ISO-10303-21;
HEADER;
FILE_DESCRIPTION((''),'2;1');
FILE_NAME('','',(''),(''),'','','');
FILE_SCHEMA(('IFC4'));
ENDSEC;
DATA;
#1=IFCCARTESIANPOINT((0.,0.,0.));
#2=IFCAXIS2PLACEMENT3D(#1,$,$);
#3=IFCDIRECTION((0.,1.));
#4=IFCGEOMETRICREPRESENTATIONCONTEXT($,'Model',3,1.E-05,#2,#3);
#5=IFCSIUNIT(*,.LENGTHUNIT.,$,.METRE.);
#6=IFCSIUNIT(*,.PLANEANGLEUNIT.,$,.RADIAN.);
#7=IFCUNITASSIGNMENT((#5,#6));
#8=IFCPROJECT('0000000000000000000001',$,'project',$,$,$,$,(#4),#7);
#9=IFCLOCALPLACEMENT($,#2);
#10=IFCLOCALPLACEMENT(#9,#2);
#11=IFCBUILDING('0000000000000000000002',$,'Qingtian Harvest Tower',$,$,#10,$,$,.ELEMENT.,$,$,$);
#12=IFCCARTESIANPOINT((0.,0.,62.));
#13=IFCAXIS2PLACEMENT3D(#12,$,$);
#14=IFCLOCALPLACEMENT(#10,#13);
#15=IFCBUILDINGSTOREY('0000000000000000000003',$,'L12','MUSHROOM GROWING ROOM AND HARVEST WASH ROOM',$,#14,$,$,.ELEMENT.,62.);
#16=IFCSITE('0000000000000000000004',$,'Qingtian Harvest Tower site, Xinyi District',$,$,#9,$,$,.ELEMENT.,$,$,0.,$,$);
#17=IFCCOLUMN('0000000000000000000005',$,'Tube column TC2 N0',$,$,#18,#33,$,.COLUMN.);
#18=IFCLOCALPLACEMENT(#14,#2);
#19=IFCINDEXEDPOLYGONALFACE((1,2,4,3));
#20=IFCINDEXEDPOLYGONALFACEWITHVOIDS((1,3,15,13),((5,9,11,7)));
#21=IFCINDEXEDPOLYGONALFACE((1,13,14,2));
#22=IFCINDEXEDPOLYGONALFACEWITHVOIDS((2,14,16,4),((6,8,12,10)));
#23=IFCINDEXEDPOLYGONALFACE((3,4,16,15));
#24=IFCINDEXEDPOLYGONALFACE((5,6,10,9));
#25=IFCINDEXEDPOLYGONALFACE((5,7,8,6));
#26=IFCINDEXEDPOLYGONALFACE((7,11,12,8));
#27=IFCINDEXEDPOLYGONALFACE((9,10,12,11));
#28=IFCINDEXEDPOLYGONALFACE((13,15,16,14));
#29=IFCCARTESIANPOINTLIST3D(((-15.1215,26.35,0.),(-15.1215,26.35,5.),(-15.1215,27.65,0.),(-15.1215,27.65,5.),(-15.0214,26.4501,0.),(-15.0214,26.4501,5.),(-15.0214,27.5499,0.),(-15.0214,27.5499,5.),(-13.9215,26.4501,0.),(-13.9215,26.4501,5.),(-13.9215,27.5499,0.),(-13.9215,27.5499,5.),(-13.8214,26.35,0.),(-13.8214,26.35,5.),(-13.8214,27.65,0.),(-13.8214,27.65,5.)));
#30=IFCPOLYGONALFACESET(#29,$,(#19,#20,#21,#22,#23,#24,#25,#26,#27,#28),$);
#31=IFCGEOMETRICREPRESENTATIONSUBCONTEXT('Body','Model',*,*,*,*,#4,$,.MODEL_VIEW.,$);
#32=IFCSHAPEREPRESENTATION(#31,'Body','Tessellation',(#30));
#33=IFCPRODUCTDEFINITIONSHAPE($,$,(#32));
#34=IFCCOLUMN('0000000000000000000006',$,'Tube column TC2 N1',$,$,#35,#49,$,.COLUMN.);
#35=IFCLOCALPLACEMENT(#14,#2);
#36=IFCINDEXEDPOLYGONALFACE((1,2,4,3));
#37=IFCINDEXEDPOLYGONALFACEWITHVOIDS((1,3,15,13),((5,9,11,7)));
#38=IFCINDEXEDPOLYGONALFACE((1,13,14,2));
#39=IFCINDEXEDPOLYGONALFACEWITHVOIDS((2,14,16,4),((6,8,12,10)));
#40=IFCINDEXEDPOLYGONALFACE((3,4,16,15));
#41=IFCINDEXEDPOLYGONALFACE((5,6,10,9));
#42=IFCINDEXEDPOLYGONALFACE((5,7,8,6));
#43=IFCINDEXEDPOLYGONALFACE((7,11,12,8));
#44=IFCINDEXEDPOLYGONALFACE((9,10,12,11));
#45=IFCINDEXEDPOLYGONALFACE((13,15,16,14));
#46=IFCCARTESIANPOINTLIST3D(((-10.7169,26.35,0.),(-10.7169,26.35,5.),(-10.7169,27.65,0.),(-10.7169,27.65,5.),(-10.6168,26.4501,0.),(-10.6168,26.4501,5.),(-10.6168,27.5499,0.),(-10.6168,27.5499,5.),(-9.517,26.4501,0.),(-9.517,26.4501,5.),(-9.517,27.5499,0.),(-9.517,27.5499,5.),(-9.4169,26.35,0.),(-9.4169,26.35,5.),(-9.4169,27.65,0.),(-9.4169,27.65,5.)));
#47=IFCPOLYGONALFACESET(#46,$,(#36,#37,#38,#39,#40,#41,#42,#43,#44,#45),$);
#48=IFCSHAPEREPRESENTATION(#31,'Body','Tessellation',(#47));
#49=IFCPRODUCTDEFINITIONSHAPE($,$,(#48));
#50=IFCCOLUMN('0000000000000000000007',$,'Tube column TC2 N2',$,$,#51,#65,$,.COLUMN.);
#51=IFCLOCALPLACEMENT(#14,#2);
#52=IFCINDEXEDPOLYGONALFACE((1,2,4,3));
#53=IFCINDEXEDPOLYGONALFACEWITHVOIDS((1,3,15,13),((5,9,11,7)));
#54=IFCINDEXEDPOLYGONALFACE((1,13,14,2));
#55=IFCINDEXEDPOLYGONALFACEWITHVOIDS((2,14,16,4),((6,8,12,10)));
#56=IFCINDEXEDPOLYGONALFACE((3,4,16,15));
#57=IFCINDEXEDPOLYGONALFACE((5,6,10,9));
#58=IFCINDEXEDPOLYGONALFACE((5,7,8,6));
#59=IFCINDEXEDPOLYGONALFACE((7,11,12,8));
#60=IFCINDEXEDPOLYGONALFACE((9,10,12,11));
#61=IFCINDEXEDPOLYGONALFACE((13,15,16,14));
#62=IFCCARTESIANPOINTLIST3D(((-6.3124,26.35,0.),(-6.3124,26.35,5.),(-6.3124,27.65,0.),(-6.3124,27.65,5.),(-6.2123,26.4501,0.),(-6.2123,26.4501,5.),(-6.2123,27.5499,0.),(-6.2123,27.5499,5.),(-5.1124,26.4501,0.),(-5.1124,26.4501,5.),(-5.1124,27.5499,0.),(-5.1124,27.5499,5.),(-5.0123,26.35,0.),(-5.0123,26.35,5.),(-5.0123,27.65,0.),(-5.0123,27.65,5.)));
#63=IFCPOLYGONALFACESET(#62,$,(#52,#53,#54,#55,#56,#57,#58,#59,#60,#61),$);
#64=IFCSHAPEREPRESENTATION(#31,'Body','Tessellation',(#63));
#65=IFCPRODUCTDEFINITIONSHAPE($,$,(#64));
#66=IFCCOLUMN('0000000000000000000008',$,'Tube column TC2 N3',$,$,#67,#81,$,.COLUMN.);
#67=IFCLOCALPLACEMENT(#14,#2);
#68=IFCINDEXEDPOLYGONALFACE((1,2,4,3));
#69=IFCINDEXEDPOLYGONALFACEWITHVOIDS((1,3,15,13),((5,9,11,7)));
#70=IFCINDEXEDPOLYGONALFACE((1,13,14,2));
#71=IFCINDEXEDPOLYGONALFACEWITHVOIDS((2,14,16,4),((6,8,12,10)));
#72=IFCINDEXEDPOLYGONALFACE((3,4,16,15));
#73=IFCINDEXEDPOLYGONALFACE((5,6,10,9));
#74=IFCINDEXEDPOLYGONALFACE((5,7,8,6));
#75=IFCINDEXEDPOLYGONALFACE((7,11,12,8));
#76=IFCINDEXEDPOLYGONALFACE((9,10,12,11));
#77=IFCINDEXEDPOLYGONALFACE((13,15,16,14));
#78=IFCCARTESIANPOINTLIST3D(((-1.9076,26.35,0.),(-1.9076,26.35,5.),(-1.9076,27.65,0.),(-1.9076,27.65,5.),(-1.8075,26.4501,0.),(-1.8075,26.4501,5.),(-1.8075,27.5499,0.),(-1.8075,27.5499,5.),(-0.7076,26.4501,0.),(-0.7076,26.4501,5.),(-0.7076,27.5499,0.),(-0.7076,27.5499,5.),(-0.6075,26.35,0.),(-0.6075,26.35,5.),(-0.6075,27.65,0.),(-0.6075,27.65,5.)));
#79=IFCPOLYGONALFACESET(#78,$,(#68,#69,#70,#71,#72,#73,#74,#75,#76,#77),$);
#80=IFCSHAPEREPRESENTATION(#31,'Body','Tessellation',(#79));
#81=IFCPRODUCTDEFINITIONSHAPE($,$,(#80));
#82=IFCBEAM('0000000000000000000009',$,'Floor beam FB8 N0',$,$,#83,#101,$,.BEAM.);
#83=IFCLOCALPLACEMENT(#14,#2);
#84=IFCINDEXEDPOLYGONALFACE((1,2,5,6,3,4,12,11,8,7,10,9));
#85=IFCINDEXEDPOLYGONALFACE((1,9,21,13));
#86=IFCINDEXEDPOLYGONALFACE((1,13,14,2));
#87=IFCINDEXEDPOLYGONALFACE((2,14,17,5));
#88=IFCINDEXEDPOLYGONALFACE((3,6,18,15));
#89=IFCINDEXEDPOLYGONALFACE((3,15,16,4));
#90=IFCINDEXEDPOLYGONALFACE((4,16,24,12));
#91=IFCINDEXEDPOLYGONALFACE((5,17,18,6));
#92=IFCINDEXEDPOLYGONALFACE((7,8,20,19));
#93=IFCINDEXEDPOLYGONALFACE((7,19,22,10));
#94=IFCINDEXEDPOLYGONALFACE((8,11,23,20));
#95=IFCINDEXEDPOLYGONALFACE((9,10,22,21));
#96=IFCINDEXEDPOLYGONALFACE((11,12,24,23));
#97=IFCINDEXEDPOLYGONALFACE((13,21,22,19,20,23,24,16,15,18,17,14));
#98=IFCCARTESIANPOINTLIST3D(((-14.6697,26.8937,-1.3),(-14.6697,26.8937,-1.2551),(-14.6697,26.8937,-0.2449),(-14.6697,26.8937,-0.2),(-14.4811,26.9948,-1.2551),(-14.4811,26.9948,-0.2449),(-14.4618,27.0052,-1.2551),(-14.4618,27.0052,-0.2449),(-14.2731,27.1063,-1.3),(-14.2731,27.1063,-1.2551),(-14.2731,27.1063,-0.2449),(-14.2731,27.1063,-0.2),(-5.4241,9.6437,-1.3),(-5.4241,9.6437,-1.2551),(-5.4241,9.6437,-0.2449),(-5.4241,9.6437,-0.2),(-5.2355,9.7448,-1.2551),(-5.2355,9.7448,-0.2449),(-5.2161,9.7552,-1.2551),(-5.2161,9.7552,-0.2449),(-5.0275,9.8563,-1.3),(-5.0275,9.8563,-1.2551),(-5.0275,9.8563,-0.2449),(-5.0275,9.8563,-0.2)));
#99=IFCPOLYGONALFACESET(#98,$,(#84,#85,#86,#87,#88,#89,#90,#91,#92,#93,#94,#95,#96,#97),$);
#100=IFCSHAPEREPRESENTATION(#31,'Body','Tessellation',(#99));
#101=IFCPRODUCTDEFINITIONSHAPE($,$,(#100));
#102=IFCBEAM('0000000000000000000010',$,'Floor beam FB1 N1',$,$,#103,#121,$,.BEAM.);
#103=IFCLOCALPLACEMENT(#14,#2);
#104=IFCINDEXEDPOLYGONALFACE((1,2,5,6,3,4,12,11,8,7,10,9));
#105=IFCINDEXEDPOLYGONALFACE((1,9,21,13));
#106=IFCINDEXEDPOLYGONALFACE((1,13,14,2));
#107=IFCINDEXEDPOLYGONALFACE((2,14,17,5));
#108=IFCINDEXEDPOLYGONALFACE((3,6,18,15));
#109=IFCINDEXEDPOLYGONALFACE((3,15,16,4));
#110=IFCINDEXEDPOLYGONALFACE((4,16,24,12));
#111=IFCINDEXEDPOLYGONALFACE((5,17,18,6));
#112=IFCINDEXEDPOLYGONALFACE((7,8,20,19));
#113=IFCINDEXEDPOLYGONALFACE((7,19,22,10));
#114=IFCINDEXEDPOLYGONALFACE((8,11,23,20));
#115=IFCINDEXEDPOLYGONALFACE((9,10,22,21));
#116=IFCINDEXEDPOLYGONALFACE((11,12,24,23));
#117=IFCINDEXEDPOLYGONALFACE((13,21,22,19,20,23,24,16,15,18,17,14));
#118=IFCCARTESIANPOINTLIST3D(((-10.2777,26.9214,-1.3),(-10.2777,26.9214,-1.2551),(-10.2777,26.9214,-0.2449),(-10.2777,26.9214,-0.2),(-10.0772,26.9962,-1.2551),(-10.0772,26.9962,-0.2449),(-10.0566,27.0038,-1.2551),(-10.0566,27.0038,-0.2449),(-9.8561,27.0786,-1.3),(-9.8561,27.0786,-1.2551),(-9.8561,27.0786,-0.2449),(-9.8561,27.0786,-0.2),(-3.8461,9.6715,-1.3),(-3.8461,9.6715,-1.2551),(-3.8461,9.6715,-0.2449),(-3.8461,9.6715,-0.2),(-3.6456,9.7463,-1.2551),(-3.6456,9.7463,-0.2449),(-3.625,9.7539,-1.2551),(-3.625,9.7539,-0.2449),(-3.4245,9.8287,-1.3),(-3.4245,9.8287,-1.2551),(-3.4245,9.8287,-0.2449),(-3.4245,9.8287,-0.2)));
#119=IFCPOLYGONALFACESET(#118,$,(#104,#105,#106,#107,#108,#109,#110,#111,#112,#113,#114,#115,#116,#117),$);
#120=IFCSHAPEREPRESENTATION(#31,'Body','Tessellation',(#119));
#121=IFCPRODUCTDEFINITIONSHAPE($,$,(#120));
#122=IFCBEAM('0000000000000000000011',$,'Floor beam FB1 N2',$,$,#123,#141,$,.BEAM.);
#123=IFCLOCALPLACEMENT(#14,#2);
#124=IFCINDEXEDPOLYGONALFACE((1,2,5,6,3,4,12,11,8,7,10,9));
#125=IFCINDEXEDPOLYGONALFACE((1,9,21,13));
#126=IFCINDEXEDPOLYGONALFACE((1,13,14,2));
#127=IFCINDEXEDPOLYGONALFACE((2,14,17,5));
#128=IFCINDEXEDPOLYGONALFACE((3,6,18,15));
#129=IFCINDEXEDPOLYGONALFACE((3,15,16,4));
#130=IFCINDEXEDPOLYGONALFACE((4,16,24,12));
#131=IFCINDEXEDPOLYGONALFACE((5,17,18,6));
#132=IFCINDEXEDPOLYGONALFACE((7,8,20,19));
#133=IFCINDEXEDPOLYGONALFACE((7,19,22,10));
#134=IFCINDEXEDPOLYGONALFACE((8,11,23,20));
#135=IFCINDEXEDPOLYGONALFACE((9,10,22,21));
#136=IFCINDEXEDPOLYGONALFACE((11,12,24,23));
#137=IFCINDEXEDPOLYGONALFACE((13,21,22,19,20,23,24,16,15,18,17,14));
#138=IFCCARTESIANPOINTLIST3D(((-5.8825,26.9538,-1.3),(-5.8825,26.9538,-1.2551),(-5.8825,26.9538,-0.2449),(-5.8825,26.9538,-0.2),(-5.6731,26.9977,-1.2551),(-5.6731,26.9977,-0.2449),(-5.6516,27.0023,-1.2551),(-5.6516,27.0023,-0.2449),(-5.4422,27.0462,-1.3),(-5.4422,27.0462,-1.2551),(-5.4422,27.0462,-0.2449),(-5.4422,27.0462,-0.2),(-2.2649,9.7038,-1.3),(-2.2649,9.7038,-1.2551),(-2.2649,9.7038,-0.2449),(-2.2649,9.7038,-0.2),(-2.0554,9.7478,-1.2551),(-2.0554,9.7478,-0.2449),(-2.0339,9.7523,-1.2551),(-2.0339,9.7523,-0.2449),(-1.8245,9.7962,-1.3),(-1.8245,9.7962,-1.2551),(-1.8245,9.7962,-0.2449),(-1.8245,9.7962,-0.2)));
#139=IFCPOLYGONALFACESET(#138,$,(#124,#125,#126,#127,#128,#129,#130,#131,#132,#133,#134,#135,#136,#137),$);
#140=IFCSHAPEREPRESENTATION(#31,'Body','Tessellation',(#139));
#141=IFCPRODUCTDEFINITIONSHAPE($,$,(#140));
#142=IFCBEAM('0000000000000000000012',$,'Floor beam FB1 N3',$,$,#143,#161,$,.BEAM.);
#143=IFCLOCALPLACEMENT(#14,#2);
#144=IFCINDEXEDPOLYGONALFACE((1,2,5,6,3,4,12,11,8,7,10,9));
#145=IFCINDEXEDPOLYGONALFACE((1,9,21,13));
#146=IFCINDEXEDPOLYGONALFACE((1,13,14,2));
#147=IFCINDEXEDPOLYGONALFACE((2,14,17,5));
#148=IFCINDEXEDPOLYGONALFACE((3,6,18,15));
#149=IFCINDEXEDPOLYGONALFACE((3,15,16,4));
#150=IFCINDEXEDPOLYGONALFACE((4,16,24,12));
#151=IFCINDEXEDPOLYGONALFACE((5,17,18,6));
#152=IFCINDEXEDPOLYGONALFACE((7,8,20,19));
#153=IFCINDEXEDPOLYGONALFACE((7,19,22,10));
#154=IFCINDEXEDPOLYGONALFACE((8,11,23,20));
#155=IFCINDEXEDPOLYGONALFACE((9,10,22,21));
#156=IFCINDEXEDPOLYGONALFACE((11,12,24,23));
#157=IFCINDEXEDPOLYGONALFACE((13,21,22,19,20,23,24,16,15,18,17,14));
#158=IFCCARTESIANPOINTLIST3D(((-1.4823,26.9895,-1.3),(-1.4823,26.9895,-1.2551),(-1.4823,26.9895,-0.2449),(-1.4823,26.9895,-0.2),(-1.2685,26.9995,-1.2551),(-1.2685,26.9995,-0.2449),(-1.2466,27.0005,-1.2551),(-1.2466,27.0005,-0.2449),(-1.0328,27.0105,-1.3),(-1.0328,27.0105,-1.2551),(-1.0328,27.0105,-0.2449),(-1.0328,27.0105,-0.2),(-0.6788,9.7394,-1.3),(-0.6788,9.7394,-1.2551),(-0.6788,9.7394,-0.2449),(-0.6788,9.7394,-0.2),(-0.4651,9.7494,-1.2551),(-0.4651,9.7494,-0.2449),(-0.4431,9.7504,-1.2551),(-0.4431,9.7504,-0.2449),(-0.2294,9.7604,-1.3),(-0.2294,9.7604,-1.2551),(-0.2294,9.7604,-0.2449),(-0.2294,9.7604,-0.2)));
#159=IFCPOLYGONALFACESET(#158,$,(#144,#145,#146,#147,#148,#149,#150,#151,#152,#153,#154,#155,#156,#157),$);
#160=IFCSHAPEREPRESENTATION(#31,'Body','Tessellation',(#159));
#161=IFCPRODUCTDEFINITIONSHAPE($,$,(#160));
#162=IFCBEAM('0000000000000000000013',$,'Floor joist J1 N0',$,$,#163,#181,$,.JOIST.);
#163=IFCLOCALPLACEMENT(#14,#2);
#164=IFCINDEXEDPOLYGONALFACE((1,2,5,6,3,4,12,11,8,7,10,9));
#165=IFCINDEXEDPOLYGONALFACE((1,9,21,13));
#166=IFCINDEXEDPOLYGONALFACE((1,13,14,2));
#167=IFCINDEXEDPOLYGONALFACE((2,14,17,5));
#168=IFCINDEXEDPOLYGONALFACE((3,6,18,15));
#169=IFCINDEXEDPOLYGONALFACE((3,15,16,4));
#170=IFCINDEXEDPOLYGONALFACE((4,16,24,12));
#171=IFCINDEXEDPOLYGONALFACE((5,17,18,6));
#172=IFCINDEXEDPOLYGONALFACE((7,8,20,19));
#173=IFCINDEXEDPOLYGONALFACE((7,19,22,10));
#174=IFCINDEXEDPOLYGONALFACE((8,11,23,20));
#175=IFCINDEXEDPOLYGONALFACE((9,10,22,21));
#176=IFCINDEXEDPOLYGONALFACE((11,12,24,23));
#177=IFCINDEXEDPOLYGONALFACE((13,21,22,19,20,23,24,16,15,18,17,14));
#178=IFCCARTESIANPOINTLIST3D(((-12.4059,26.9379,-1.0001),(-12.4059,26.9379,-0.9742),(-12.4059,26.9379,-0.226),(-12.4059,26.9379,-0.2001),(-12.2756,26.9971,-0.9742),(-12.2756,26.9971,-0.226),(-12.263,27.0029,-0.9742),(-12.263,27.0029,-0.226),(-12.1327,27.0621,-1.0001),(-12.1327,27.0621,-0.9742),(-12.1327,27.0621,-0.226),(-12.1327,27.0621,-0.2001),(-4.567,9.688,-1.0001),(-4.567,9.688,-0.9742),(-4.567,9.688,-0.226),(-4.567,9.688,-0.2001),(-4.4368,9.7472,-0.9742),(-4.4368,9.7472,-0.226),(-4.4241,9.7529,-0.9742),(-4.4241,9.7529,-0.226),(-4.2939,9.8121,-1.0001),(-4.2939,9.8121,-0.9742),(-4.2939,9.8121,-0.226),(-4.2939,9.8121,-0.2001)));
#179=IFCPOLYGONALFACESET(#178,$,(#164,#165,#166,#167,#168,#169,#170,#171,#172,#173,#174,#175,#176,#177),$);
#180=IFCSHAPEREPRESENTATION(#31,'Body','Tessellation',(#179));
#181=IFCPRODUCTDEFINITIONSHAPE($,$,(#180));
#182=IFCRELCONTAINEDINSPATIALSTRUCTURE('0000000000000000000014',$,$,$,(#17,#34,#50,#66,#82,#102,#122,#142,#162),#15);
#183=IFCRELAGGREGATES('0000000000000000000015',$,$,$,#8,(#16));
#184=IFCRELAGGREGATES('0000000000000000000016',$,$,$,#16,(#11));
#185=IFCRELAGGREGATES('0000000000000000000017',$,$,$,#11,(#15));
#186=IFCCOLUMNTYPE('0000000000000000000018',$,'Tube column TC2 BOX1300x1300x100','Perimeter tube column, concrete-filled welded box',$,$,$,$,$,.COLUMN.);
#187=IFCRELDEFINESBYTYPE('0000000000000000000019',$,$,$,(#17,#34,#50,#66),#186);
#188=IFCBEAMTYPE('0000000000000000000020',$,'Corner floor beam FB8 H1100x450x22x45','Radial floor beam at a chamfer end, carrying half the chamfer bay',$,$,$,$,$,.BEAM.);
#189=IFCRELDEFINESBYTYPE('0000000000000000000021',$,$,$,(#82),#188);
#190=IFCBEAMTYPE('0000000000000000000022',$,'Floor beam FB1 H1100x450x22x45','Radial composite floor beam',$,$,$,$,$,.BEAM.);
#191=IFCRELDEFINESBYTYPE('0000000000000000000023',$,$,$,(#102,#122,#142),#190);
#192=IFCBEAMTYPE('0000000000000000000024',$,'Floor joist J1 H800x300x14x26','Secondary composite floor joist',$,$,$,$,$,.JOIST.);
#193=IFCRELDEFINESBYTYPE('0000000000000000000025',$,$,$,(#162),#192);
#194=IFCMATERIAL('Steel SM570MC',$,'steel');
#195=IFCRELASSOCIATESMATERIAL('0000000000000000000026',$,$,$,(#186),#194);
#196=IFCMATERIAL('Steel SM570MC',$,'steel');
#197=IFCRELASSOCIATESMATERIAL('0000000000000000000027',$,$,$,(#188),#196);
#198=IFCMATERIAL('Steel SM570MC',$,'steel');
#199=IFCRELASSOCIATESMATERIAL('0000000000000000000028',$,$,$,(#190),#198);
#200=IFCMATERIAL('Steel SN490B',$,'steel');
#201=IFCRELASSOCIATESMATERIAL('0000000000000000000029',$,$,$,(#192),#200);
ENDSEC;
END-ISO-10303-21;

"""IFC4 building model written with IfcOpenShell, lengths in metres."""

from ifc_helpers import new_model, si_unit, direction, frame, origin, origin_2d, place, context, subcontext, project, spatial, hollow_rectangle, i_section, extrude, material, material_profile, profile_set, type_object, element, save


model = new_model("IFC4")

# Units and contexts
model_context = context("Model", 3, precision=1e-05, world=origin(), true_north=direction((0.0, 1.0)))
body_context = subcontext(model_context, "Body", "Model", "MODEL_VIEW")
ifc_project = project(units=[si_unit("LENGTHUNIT", "METRE"), si_unit("PLANEANGLEUNIT", "RADIAN")], contexts=[model_context])

# Site, building, storey
site_placement = place(None, origin())
site = spatial("IfcSite", under=ifc_project, at=site_placement, Name="Qingtian Harvest Tower site, Xinyi District", CompositionType="ELEMENT", RefElevation=0.0)
building_placement = place(site_placement, origin())
building = spatial("IfcBuilding", under=site, at=building_placement, Name="Qingtian Harvest Tower", CompositionType="ELEMENT")
storey_placement = place(building_placement, frame((0.0, 0.0, 62.0)))
storey = spatial("IfcBuildingStorey", under=building, at=storey_placement, Name="L12", Description="MUSHROOM GROWING ROOM AND HARVEST WASH ROOM", CompositionType="ELEMENT", Elevation=62.0)

# Columns
ifc_material_1 = material(Name="Steel SM570MC", Category="steel")
ifc_material_profile_1 = material_profile(ifc_material_1, hollow_rectangle(XDim=1.3, YDim=1.3, WallThickness=0.1001, at=origin_2d()), Name="BOX1300x1300x100")
ifc_profile_set_1 = profile_set([ifc_material_profile_1], Name="Steel SM570MC")
column_type = type_object("IfcColumnType", Name="Tube column TC2 BOX1300x1300x100", Description="Perimeter tube column, concrete-filled welded box", PredefinedType="COLUMN", material=ifc_profile_set_1)
for number, where, z_axis, x_axis, name in (
    (1, (-14.4714, 27.0, 0.0), (0.0, 0.0, 1.0), (-1.0, 0.0, 0.0), "Tube column TC2 N0"),
    (2, (-10.0669, 27.0, 0.0), (0.0, 0.0, 1.0), (-1.0, 0.0, 0.0), "Tube column TC2 N1"),
    (3, (-5.6624, 27.0, 0.0), (0.0, 0.0, 1.0), (-1.0, 0.0, 0.0), "Tube column TC2 N2"),
    (4, (-1.2576, 27.0, 0.0), (0.0, 0.0, 1.0), (-1.0, 0.0, 0.0), "Tube column TC2 N3"),
):
    element("IfcColumn", number, at=place(storey_placement, frame(where, z_axis=z_axis, x_axis=x_axis)), inside=storey, type_object=column_type, Name=name, PredefinedType="COLUMN", context=body_context, shape_type="SweptSolid", body=[
        extrude(hollow_rectangle(XDim=1.3, YDim=1.3, WallThickness=0.1001, at=origin_2d()), origin(), (0.0, 0.0, 1.0), 5.0),
    ])

# Beams
ifc_material_2 = material(Name="Steel SM570MC", Category="steel")
ifc_material_profile_2 = material_profile(ifc_material_2, i_section(OverallWidth=0.45, OverallDepth=1.1001, WebThickness=0.022, FlangeThickness=0.0449, at=origin_2d()), Name="H1100x450x22x45")
ifc_profile_set_2 = profile_set([ifc_material_profile_2], Name="Steel SM570MC")
beam_type_1 = type_object("IfcBeamType", Name="Corner floor beam FB8 H1100x450x22x45", Description="Radial floor beam at a chamfer end, carrying half the chamfer bay", PredefinedType="BEAM", material=ifc_profile_set_2)
beam_1_placement = place(storey_placement, frame((-14.4714, 27.0, -0.75), z_axis=(0.472401, -0.881384, 0.0), x_axis=(0.881384, 0.472401, 0.0)))
element("IfcBeam", 5, at=beam_1_placement, inside=storey, type_object=beam_type_1, Name="Floor beam FB8 N0", PredefinedType="BEAM", context=body_context, shape_type="SweptSolid", body=[
    extrude(i_section(OverallWidth=0.45, OverallDepth=1.1001, WebThickness=0.022, FlangeThickness=0.0449, at=origin_2d()), origin(), (0.0, 0.0, 1.0), 19.5715),
])
ifc_material_3 = material(Name="Steel SM570MC", Category="steel")
ifc_material_profile_3 = material_profile(ifc_material_3, i_section(OverallWidth=0.45, OverallDepth=1.1001, WebThickness=0.022, FlangeThickness=0.0449, at=origin_2d()), Name="H1100x450x22x45")
ifc_profile_set_3 = profile_set([ifc_material_profile_3], Name="Steel SM570MC")
beam_type_2 = type_object("IfcBeamType", Name="Floor beam FB1 H1100x450x22x45", Description="Radial composite floor beam", PredefinedType="BEAM", material=ifc_profile_set_3)
beam_2_placement = place(storey_placement, frame((-10.0669, 27.0, -0.75), z_axis=(0.349356, -0.93699, 0.0), x_axis=(0.93699, 0.349356, 0.0)))
element("IfcBeam", 6, at=beam_2_placement, inside=storey, type_object=beam_type_2, Name="Floor beam FB1 N1", PredefinedType="BEAM", context=body_context, shape_type="SweptSolid", body=[
    extrude(i_section(OverallWidth=0.45, OverallDepth=1.1001, WebThickness=0.022, FlangeThickness=0.0449, at=origin_2d()), origin(), (0.0, 0.0, 1.0), 18.4099),
])
beam_3_placement = place(storey_placement, frame((-5.6624, 27.0, -0.75), z_axis=(0.205255, -0.978709, 0.0), x_axis=(0.978709, 0.205255, 0.0)))
element("IfcBeam", 7, at=beam_3_placement, inside=storey, type_object=beam_type_2, Name="Floor beam FB1 N2", PredefinedType="BEAM", context=body_context, shape_type="SweptSolid", body=[
    extrude(i_section(OverallWidth=0.45, OverallDepth=1.1001, WebThickness=0.022, FlangeThickness=0.0449, at=origin_2d()), origin(), (0.0, 0.0, 1.0), 17.6252),
])
beam_4_placement = place(storey_placement, frame((-1.2576, 27.0, -0.75), z_axis=(0.046527, -0.998917, 0.0), x_axis=(0.998917, 0.046527, 0.0)))
element("IfcBeam", 8, at=beam_4_placement, inside=storey, type_object=beam_type_2, Name="Floor beam FB1 N3", PredefinedType="BEAM", context=body_context, shape_type="SweptSolid", body=[
    extrude(i_section(OverallWidth=0.45, OverallDepth=1.1001, WebThickness=0.022, FlangeThickness=0.0449, at=origin_2d()), origin(), (0.0, 0.0, 1.0), 17.2688),
])
ifc_material_4 = material(Name="Steel SN490B", Category="steel")
ifc_material_profile_4 = material_profile(ifc_material_4, i_section(OverallWidth=0.3, OverallDepth=0.8, WebThickness=0.0139, FlangeThickness=0.0259, at=origin_2d()), Name="H800x300x14x26")
ifc_profile_set_4 = profile_set([ifc_material_profile_4], Name="Steel SN490B")
beam_type_3 = type_object("IfcBeamType", Name="Floor joist J1 H800x300x14x26", Description="Secondary composite floor joist", PredefinedType="JOIST", material=ifc_profile_set_4)
beam_5_placement = place(storey_placement, frame((-12.2693, 27.0, -0.6001), z_axis=(0.413714, -0.910407, 0.0), x_axis=(0.910407, 0.413714, 0.0)))
element("IfcBeam", 9, at=beam_5_placement, inside=storey, type_object=beam_type_3, Name="Floor joist J1 N0", PredefinedType="JOIST", context=body_context, shape_type="SweptSolid", body=[
    extrude(i_section(OverallWidth=0.3, OverallDepth=0.8, WebThickness=0.0139, FlangeThickness=0.0259, at=origin_2d()), origin(), (0.0, 0.0, 1.0), 18.9475),
])

save(model, "model.ifc")
